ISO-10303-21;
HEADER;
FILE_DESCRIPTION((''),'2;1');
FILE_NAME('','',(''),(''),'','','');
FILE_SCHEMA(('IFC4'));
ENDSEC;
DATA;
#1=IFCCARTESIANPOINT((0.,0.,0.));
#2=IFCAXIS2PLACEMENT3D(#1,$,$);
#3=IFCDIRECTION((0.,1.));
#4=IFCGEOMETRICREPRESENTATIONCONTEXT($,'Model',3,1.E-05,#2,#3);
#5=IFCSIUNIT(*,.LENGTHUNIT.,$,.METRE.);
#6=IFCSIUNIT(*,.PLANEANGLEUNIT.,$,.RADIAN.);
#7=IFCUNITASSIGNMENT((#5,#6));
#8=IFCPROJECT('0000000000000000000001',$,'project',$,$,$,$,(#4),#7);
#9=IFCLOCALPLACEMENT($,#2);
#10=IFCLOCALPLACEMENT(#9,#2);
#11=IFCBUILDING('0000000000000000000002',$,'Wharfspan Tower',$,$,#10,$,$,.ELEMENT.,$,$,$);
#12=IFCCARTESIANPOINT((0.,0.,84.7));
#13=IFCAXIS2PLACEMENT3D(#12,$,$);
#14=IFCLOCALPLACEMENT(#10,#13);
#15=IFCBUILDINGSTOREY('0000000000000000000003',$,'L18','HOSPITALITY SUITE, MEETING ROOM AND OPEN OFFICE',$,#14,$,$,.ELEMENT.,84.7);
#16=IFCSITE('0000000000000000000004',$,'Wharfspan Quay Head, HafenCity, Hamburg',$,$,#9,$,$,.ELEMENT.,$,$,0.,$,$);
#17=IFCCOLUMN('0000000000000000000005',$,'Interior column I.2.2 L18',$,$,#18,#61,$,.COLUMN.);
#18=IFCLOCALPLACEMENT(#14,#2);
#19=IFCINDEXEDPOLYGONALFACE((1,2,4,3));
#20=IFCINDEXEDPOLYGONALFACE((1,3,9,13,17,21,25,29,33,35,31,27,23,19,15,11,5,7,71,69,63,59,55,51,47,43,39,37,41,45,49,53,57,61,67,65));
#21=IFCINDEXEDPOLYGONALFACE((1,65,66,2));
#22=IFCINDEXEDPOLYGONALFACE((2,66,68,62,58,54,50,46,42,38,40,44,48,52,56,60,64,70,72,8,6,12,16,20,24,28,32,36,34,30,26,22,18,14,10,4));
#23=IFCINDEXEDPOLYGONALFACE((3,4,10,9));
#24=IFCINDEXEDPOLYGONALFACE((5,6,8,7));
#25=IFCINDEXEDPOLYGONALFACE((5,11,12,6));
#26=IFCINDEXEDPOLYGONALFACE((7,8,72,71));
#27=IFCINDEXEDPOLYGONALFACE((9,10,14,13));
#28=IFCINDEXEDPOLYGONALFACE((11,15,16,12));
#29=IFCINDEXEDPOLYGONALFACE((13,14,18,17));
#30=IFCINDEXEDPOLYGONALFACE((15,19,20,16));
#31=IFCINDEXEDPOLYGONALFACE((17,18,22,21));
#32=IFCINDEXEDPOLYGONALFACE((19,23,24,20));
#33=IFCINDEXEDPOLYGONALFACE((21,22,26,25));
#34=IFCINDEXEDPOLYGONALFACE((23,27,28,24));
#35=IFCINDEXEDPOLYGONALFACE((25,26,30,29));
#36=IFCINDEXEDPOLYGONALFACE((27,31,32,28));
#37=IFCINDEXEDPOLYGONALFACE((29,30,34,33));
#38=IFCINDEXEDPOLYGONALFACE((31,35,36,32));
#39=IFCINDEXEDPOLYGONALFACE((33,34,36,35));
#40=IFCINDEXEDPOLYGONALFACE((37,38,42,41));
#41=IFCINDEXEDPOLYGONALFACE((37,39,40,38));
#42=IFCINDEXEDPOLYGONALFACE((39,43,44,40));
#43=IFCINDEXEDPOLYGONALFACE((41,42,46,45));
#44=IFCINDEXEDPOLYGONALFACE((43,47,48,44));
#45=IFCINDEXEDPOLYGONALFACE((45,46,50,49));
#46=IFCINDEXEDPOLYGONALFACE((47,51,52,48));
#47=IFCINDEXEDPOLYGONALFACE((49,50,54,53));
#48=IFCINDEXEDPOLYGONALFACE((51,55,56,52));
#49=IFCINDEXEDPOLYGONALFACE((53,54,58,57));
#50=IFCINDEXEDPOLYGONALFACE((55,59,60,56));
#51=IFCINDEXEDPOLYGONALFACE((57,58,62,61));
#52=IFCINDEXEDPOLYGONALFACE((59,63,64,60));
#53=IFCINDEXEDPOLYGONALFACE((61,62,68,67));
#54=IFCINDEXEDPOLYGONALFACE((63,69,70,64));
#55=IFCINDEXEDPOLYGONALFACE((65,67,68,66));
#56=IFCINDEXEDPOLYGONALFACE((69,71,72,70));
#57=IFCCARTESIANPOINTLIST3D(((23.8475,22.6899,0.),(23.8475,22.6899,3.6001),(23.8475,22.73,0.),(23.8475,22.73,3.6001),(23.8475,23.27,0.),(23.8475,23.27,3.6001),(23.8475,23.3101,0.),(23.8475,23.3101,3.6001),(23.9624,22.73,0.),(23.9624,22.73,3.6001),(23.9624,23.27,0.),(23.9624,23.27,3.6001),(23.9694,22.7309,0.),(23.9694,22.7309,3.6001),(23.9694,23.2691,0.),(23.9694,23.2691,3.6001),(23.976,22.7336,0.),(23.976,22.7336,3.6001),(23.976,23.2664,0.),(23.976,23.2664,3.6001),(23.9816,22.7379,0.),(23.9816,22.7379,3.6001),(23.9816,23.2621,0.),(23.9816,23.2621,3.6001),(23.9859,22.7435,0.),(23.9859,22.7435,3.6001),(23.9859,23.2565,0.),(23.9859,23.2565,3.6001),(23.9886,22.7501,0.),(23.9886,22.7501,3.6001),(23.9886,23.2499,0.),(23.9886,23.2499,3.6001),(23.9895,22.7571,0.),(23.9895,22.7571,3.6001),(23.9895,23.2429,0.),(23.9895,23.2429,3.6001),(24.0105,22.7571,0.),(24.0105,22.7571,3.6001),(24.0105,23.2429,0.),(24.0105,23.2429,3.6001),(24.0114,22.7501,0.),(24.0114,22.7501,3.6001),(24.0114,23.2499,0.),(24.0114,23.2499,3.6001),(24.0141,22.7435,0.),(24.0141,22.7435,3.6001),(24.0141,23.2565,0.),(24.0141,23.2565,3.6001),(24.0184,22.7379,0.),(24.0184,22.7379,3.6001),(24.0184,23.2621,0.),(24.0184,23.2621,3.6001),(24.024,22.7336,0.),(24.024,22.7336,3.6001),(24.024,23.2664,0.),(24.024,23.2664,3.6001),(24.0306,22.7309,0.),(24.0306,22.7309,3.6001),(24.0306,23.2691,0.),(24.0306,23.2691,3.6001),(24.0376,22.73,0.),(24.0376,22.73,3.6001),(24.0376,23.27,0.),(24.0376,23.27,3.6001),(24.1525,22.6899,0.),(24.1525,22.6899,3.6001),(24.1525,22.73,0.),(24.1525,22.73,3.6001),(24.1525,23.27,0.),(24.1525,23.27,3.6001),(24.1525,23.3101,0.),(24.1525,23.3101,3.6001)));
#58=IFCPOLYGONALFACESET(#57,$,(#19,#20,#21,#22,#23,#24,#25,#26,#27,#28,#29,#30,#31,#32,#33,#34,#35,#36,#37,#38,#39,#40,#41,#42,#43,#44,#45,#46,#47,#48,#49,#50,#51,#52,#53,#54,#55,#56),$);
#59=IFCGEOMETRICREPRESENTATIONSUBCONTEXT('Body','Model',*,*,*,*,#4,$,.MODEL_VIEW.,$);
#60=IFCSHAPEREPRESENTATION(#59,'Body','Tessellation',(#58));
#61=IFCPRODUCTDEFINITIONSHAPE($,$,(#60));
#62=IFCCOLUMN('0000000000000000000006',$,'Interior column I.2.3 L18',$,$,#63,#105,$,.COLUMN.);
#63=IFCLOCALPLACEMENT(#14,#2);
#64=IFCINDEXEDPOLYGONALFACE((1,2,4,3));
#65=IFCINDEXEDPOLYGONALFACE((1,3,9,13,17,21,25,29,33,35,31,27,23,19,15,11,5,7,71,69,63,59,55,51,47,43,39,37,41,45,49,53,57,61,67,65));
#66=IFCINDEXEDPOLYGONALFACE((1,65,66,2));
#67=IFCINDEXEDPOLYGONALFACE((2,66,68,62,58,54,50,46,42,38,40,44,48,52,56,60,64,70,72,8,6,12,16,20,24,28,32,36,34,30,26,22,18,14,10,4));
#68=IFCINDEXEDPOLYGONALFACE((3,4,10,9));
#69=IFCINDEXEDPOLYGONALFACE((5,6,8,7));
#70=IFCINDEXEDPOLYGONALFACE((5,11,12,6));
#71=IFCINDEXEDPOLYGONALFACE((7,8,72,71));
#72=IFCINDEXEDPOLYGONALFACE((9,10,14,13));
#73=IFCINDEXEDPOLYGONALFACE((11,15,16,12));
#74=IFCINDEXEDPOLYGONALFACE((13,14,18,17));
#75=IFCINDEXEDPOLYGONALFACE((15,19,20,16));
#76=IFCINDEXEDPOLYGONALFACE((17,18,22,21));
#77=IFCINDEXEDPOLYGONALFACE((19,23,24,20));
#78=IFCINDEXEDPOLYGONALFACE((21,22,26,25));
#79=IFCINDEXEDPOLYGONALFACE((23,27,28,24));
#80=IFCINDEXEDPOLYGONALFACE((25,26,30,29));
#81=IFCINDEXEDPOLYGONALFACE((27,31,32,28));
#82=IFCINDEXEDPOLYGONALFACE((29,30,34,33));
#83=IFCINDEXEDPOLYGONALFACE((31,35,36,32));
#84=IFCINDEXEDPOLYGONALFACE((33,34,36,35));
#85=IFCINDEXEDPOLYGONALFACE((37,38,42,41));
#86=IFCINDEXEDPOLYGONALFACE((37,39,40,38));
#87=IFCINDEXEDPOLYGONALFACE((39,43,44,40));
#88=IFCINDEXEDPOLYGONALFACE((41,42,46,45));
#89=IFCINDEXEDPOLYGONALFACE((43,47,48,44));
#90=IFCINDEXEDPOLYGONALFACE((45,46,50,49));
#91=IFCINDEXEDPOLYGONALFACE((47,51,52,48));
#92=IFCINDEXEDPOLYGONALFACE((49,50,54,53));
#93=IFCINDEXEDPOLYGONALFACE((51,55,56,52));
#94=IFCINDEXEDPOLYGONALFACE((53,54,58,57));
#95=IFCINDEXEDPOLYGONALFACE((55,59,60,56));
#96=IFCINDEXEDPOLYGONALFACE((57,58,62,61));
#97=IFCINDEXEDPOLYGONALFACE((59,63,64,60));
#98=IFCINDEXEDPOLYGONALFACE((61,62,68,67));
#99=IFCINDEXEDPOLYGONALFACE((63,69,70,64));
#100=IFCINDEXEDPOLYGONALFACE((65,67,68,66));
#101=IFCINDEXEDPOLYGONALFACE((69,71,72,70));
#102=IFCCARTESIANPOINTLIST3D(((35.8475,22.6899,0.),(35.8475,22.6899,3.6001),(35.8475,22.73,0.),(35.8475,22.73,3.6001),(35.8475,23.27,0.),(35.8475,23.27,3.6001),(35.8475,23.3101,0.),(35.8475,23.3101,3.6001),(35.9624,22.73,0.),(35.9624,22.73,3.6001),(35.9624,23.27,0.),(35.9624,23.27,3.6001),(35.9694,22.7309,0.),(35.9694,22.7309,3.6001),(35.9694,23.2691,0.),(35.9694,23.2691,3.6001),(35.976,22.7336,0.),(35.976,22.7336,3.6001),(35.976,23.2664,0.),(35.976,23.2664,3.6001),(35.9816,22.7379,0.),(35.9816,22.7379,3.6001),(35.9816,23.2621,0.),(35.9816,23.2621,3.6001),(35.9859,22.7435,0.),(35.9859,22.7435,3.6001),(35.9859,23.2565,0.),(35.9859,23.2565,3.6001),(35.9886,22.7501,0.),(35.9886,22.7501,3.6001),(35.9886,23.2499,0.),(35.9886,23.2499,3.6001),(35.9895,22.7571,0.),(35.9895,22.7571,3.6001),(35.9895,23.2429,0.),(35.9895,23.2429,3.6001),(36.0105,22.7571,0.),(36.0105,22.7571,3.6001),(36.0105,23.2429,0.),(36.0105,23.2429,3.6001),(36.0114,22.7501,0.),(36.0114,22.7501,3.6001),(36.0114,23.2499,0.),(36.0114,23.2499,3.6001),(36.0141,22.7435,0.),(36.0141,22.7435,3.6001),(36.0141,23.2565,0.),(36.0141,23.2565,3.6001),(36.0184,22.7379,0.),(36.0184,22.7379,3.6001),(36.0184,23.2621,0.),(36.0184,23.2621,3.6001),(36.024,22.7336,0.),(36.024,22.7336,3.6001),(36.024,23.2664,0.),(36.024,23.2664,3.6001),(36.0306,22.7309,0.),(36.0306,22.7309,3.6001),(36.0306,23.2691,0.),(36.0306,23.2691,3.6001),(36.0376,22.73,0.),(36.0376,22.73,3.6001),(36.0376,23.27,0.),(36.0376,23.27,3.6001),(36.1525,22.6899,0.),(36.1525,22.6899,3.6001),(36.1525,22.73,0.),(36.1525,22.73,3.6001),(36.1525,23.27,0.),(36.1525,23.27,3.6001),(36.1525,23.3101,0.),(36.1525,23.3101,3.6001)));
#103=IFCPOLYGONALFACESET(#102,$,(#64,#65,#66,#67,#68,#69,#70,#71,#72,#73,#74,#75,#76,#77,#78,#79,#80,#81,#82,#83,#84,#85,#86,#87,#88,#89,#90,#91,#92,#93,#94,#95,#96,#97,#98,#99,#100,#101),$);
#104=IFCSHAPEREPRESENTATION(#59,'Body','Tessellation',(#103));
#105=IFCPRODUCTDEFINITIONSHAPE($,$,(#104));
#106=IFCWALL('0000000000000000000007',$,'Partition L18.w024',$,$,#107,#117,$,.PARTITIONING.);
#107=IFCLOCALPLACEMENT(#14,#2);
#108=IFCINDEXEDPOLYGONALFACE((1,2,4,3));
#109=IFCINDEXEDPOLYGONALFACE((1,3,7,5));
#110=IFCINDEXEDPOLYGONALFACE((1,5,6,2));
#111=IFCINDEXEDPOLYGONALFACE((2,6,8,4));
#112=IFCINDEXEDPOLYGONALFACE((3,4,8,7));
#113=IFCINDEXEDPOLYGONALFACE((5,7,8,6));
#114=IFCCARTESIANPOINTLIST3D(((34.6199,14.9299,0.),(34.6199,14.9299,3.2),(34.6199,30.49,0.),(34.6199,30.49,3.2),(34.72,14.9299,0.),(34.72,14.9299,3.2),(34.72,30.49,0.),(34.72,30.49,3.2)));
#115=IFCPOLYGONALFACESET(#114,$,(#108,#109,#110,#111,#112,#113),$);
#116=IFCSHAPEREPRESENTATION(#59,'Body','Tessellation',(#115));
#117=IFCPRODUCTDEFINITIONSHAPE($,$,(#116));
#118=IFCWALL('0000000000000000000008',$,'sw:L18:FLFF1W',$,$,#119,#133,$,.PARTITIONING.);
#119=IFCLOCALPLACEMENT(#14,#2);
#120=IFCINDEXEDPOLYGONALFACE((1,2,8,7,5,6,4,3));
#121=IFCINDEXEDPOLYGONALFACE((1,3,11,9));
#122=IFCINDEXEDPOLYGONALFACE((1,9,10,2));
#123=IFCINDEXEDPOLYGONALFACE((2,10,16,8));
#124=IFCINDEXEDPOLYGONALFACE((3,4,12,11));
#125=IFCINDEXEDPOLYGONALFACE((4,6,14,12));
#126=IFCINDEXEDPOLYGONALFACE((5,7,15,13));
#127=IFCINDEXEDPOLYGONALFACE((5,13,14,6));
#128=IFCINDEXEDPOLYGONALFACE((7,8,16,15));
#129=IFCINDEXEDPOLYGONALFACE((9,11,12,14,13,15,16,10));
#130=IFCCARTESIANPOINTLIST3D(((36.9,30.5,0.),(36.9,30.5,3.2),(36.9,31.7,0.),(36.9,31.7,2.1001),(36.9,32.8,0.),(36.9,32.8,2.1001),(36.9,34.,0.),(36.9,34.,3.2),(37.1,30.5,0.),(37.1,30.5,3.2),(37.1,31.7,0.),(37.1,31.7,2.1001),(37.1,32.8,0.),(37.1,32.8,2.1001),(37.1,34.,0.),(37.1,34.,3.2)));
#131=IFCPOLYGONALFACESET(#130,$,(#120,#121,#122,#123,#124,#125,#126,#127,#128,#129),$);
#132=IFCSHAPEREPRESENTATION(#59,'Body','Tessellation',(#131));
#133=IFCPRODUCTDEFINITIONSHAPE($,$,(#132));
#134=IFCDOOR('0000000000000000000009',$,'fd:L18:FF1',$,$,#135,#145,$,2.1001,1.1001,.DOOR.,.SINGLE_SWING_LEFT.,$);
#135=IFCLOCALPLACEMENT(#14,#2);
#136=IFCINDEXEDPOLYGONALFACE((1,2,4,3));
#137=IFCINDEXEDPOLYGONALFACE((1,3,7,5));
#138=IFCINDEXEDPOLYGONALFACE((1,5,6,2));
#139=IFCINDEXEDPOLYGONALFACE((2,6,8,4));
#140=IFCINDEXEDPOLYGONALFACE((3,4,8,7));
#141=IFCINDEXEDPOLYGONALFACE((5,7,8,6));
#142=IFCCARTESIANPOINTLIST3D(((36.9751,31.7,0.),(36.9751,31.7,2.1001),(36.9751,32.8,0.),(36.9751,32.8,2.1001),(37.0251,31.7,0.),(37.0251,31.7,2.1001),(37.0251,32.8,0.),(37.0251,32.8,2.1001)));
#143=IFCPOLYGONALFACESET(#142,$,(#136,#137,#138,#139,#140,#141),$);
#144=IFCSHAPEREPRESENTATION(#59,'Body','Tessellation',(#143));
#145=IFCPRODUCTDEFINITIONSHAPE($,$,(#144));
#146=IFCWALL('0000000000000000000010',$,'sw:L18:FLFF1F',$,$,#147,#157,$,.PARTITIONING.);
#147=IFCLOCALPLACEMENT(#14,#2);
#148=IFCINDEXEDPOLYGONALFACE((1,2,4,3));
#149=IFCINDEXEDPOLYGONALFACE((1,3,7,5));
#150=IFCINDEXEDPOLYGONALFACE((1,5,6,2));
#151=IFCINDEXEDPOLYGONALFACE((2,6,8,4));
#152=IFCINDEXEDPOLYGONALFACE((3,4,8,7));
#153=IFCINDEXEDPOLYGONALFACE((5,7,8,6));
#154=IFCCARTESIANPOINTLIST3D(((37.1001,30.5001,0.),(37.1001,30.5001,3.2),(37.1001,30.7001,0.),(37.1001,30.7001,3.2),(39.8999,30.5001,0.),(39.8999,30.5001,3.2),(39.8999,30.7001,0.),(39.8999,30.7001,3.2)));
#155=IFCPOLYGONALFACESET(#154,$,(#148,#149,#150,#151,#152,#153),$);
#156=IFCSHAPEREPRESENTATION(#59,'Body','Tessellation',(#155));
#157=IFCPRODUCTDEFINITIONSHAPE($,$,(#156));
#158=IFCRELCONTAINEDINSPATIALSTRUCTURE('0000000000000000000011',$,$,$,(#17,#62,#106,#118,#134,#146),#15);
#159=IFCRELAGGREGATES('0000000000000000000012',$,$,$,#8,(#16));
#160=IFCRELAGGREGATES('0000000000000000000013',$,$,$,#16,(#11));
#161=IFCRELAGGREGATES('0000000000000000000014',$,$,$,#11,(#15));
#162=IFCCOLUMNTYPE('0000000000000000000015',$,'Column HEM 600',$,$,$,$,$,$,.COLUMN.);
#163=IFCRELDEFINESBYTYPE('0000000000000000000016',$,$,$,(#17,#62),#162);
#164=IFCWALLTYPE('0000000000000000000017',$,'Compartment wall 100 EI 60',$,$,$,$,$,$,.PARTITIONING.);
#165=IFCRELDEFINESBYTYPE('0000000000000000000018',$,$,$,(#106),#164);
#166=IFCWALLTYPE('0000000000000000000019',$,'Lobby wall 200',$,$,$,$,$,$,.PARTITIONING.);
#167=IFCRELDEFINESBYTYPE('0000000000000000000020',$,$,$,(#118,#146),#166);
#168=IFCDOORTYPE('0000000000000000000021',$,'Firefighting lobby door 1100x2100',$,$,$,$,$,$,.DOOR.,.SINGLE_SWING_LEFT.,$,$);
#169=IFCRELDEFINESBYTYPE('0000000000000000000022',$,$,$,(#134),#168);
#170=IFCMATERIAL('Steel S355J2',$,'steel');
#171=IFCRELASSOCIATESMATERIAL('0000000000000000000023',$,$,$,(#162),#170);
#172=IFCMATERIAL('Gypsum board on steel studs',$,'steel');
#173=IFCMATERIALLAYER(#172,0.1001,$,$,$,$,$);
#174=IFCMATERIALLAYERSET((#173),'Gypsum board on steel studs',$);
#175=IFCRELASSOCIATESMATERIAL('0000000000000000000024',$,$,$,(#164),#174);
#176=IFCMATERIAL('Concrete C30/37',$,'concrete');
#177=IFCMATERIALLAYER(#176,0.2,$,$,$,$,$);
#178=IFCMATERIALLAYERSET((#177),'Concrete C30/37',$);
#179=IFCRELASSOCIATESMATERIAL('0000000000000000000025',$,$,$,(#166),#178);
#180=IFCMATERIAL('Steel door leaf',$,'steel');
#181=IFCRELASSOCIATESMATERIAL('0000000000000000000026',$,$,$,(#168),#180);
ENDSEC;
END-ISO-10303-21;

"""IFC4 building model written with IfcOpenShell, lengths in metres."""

from ifc_helpers import new_model, si_unit, direction, frame, frame_2d, origin, origin_2d, place, context, subcontext, project, spatial, rectangle, i_section, extrude, material, layer, layer_set, material_profile, profile_set, type_object, element, fill, save


model = new_model("IFC4")

# Units and contexts
model_context = context("Model", 3, precision=1e-05, world=origin(), true_north=direction((0.0, 1.0)))
body_context = subcontext(model_context, "Body", "Model", "MODEL_VIEW")
ifc_project = project(units=[si_unit("LENGTHUNIT", "METRE"), si_unit("PLANEANGLEUNIT", "RADIAN")], contexts=[model_context])

# Site, building, storey
site_placement = place(None, origin())
site = spatial("IfcSite", under=ifc_project, at=site_placement, Name="Wharfspan Quay Head, HafenCity, Hamburg", CompositionType="ELEMENT", RefElevation=0.0)
building_placement = place(site_placement, origin())
building = spatial("IfcBuilding", under=site, at=building_placement, Name="Wharfspan Tower", CompositionType="ELEMENT")
storey_placement = place(building_placement, frame((0.0, 0.0, 84.7)))
storey = spatial("IfcBuildingStorey", under=building, at=storey_placement, Name="L18", Description="HOSPITALITY SUITE, MEETING ROOM AND OPEN OFFICE", CompositionType="ELEMENT", Elevation=84.7)

# Columns
ifc_material_1 = material(Name="Steel S355J2", Category="steel")
ifc_material_profile = material_profile(ifc_material_1, i_section(OverallWidth=0.3049, OverallDepth=0.6201, WebThickness=0.021, FlangeThickness=0.04, FilletRadius=0.0271, at=origin_2d()))
ifc_profile_set = profile_set([ifc_material_profile], Name="Steel S355J2")
column_type = type_object("IfcColumnType", Name="Column HEM 600", PredefinedType="COLUMN", material=ifc_profile_set)
for number, where, z_axis, x_axis, name in (
    (1, (24.0, 23.0, 0.0), (0.0, 0.0, 1.0), (1.0, 0.0, 0.0), "Interior column I.2.2 L18"),
    (2, (36.0, 23.0, 0.0), (0.0, 0.0, 1.0), (1.0, 0.0, 0.0), "Interior column I.2.3 L18"),
):
    element("IfcColumn", number, at=place(storey_placement, frame(where, z_axis=z_axis, x_axis=x_axis)), inside=storey, type_object=column_type, Name=name, PredefinedType="COLUMN", context=body_context, shape_type="SweptSolid", body=[
        extrude(i_section(OverallWidth=0.3049, OverallDepth=0.6201, WebThickness=0.021, FlangeThickness=0.04, FilletRadius=0.0271, at=origin_2d()), origin(), (0.0, 0.0, 1.0), 3.6001),
    ])

# Wall
ifc_material_2 = material(Name="Gypsum board on steel studs", Category="steel")
ifc_layer_1 = layer(ifc_material_2, 0.1001)
ifc_layer_set_1 = layer_set([ifc_layer_1], Name="Gypsum board on steel studs")
wall_type_1 = type_object("IfcWallType", Name="Compartment wall 100 EI 60", PredefinedType="PARTITIONING", material=ifc_layer_set_1)
wall_1_placement = place(storey_placement, frame((34.6699, 14.9299, 0.0), z_axis=(0.0, 0.0, 1.0), x_axis=(0.0, 1.0, 0.0)))
element("IfcWall", 3, at=wall_1_placement, inside=storey, type_object=wall_type_1, Name="Partition L18.w024", PredefinedType="PARTITIONING", context=body_context, shape_type="SweptSolid", body=[
    extrude(rectangle(XDim=15.5601, YDim=0.1001, at=frame_2d((7.78, 0.0))), origin(), (0.0, 0.0, 1.0), 3.2),
])

# Wall, opening, door
ifc_material_3 = material(Name="Concrete C30/37", Category="concrete")
ifc_layer_2 = layer(ifc_material_3, 0.2)
ifc_layer_set_2 = layer_set([ifc_layer_2], Name="Concrete C30/37")
wall_type_2 = type_object("IfcWallType", Name="Lobby wall 200", PredefinedType="PARTITIONING", material=ifc_layer_set_2)
wall_2_placement = place(storey_placement, frame((37.0, 30.5, 0.0), z_axis=(0.0, 0.0, 1.0), x_axis=(0.0, 1.0, 0.0)))
wall_2 = element("IfcWall", 4, at=wall_2_placement, inside=storey, type_object=wall_type_2, Name="sw:L18:FLFF1W", PredefinedType="PARTITIONING", context=body_context, shape_type="SweptSolid", body=[
    extrude(rectangle(XDim=3.5, YDim=0.2, at=frame_2d((1.75, 0.0))), origin(), (0.0, 0.0, 1.0), 3.2),
])
opening_1_placement = place(wall_2_placement, frame((1.2, 0.0, 0.0)))
opening_1 = element("IfcOpeningElement", 5, at=opening_1_placement, cuts=wall_2, PredefinedType="OPENING", context=body_context, shape_type="SweptSolid", body=[
    extrude(rectangle(XDim=1.1001, YDim=2.1001, at=frame_2d((0.55, 1.05))), frame((0.0, 0.1099, 0.0), z_axis=(0.0, -1.0, 0.0), x_axis=(1.0, 0.0, 0.0)), (0.0, 0.0, 1.0), 0.22),
])
ifc_material_4 = material(Name="Steel door leaf", Category="steel")
door_type_1 = type_object("IfcDoorType", Name="Firefighting lobby door 1100x2100", OperationType="SINGLE_SWING_LEFT", PredefinedType="DOOR", material=ifc_material_4)
door_1_placement = place(opening_1_placement, origin())
door_1 = element("IfcDoor", 6, at=door_1_placement, inside=storey, type_object=door_type_1, Name="fd:L18:FF1", OperationType="SINGLE_SWING_LEFT", OverallHeight=2.1001, OverallWidth=1.1001, PredefinedType="DOOR", context=body_context, shape_type="SweptSolid", body=[
    extrude(rectangle(XDim=1.1001, YDim=2.1001, at=frame_2d((0.55, 1.05))), frame((0.0, 0.0249, 0.0), z_axis=(0.0, -1.0, 0.0), x_axis=(1.0, 0.0, 0.0)), (0.0, 0.0, 1.0), 0.05),
])
fill(opening_1, door_1)

# Wall
wall_3_placement = place(storey_placement, frame((37.1001, 30.6001, 0.0), z_axis=(0.0, 0.0, 1.0), x_axis=(1.0, 0.0, 0.0)))
element("IfcWall", 7, at=wall_3_placement, inside=storey, type_object=wall_type_2, Name="sw:L18:FLFF1F", PredefinedType="PARTITIONING", context=body_context, shape_type="SweptSolid", body=[
    extrude(rectangle(XDim=2.7998, YDim=0.2, at=frame_2d((1.3999, 0.0))), origin(), (0.0, 0.0, 1.0), 3.2),
])

save(model, "model.ifc")
